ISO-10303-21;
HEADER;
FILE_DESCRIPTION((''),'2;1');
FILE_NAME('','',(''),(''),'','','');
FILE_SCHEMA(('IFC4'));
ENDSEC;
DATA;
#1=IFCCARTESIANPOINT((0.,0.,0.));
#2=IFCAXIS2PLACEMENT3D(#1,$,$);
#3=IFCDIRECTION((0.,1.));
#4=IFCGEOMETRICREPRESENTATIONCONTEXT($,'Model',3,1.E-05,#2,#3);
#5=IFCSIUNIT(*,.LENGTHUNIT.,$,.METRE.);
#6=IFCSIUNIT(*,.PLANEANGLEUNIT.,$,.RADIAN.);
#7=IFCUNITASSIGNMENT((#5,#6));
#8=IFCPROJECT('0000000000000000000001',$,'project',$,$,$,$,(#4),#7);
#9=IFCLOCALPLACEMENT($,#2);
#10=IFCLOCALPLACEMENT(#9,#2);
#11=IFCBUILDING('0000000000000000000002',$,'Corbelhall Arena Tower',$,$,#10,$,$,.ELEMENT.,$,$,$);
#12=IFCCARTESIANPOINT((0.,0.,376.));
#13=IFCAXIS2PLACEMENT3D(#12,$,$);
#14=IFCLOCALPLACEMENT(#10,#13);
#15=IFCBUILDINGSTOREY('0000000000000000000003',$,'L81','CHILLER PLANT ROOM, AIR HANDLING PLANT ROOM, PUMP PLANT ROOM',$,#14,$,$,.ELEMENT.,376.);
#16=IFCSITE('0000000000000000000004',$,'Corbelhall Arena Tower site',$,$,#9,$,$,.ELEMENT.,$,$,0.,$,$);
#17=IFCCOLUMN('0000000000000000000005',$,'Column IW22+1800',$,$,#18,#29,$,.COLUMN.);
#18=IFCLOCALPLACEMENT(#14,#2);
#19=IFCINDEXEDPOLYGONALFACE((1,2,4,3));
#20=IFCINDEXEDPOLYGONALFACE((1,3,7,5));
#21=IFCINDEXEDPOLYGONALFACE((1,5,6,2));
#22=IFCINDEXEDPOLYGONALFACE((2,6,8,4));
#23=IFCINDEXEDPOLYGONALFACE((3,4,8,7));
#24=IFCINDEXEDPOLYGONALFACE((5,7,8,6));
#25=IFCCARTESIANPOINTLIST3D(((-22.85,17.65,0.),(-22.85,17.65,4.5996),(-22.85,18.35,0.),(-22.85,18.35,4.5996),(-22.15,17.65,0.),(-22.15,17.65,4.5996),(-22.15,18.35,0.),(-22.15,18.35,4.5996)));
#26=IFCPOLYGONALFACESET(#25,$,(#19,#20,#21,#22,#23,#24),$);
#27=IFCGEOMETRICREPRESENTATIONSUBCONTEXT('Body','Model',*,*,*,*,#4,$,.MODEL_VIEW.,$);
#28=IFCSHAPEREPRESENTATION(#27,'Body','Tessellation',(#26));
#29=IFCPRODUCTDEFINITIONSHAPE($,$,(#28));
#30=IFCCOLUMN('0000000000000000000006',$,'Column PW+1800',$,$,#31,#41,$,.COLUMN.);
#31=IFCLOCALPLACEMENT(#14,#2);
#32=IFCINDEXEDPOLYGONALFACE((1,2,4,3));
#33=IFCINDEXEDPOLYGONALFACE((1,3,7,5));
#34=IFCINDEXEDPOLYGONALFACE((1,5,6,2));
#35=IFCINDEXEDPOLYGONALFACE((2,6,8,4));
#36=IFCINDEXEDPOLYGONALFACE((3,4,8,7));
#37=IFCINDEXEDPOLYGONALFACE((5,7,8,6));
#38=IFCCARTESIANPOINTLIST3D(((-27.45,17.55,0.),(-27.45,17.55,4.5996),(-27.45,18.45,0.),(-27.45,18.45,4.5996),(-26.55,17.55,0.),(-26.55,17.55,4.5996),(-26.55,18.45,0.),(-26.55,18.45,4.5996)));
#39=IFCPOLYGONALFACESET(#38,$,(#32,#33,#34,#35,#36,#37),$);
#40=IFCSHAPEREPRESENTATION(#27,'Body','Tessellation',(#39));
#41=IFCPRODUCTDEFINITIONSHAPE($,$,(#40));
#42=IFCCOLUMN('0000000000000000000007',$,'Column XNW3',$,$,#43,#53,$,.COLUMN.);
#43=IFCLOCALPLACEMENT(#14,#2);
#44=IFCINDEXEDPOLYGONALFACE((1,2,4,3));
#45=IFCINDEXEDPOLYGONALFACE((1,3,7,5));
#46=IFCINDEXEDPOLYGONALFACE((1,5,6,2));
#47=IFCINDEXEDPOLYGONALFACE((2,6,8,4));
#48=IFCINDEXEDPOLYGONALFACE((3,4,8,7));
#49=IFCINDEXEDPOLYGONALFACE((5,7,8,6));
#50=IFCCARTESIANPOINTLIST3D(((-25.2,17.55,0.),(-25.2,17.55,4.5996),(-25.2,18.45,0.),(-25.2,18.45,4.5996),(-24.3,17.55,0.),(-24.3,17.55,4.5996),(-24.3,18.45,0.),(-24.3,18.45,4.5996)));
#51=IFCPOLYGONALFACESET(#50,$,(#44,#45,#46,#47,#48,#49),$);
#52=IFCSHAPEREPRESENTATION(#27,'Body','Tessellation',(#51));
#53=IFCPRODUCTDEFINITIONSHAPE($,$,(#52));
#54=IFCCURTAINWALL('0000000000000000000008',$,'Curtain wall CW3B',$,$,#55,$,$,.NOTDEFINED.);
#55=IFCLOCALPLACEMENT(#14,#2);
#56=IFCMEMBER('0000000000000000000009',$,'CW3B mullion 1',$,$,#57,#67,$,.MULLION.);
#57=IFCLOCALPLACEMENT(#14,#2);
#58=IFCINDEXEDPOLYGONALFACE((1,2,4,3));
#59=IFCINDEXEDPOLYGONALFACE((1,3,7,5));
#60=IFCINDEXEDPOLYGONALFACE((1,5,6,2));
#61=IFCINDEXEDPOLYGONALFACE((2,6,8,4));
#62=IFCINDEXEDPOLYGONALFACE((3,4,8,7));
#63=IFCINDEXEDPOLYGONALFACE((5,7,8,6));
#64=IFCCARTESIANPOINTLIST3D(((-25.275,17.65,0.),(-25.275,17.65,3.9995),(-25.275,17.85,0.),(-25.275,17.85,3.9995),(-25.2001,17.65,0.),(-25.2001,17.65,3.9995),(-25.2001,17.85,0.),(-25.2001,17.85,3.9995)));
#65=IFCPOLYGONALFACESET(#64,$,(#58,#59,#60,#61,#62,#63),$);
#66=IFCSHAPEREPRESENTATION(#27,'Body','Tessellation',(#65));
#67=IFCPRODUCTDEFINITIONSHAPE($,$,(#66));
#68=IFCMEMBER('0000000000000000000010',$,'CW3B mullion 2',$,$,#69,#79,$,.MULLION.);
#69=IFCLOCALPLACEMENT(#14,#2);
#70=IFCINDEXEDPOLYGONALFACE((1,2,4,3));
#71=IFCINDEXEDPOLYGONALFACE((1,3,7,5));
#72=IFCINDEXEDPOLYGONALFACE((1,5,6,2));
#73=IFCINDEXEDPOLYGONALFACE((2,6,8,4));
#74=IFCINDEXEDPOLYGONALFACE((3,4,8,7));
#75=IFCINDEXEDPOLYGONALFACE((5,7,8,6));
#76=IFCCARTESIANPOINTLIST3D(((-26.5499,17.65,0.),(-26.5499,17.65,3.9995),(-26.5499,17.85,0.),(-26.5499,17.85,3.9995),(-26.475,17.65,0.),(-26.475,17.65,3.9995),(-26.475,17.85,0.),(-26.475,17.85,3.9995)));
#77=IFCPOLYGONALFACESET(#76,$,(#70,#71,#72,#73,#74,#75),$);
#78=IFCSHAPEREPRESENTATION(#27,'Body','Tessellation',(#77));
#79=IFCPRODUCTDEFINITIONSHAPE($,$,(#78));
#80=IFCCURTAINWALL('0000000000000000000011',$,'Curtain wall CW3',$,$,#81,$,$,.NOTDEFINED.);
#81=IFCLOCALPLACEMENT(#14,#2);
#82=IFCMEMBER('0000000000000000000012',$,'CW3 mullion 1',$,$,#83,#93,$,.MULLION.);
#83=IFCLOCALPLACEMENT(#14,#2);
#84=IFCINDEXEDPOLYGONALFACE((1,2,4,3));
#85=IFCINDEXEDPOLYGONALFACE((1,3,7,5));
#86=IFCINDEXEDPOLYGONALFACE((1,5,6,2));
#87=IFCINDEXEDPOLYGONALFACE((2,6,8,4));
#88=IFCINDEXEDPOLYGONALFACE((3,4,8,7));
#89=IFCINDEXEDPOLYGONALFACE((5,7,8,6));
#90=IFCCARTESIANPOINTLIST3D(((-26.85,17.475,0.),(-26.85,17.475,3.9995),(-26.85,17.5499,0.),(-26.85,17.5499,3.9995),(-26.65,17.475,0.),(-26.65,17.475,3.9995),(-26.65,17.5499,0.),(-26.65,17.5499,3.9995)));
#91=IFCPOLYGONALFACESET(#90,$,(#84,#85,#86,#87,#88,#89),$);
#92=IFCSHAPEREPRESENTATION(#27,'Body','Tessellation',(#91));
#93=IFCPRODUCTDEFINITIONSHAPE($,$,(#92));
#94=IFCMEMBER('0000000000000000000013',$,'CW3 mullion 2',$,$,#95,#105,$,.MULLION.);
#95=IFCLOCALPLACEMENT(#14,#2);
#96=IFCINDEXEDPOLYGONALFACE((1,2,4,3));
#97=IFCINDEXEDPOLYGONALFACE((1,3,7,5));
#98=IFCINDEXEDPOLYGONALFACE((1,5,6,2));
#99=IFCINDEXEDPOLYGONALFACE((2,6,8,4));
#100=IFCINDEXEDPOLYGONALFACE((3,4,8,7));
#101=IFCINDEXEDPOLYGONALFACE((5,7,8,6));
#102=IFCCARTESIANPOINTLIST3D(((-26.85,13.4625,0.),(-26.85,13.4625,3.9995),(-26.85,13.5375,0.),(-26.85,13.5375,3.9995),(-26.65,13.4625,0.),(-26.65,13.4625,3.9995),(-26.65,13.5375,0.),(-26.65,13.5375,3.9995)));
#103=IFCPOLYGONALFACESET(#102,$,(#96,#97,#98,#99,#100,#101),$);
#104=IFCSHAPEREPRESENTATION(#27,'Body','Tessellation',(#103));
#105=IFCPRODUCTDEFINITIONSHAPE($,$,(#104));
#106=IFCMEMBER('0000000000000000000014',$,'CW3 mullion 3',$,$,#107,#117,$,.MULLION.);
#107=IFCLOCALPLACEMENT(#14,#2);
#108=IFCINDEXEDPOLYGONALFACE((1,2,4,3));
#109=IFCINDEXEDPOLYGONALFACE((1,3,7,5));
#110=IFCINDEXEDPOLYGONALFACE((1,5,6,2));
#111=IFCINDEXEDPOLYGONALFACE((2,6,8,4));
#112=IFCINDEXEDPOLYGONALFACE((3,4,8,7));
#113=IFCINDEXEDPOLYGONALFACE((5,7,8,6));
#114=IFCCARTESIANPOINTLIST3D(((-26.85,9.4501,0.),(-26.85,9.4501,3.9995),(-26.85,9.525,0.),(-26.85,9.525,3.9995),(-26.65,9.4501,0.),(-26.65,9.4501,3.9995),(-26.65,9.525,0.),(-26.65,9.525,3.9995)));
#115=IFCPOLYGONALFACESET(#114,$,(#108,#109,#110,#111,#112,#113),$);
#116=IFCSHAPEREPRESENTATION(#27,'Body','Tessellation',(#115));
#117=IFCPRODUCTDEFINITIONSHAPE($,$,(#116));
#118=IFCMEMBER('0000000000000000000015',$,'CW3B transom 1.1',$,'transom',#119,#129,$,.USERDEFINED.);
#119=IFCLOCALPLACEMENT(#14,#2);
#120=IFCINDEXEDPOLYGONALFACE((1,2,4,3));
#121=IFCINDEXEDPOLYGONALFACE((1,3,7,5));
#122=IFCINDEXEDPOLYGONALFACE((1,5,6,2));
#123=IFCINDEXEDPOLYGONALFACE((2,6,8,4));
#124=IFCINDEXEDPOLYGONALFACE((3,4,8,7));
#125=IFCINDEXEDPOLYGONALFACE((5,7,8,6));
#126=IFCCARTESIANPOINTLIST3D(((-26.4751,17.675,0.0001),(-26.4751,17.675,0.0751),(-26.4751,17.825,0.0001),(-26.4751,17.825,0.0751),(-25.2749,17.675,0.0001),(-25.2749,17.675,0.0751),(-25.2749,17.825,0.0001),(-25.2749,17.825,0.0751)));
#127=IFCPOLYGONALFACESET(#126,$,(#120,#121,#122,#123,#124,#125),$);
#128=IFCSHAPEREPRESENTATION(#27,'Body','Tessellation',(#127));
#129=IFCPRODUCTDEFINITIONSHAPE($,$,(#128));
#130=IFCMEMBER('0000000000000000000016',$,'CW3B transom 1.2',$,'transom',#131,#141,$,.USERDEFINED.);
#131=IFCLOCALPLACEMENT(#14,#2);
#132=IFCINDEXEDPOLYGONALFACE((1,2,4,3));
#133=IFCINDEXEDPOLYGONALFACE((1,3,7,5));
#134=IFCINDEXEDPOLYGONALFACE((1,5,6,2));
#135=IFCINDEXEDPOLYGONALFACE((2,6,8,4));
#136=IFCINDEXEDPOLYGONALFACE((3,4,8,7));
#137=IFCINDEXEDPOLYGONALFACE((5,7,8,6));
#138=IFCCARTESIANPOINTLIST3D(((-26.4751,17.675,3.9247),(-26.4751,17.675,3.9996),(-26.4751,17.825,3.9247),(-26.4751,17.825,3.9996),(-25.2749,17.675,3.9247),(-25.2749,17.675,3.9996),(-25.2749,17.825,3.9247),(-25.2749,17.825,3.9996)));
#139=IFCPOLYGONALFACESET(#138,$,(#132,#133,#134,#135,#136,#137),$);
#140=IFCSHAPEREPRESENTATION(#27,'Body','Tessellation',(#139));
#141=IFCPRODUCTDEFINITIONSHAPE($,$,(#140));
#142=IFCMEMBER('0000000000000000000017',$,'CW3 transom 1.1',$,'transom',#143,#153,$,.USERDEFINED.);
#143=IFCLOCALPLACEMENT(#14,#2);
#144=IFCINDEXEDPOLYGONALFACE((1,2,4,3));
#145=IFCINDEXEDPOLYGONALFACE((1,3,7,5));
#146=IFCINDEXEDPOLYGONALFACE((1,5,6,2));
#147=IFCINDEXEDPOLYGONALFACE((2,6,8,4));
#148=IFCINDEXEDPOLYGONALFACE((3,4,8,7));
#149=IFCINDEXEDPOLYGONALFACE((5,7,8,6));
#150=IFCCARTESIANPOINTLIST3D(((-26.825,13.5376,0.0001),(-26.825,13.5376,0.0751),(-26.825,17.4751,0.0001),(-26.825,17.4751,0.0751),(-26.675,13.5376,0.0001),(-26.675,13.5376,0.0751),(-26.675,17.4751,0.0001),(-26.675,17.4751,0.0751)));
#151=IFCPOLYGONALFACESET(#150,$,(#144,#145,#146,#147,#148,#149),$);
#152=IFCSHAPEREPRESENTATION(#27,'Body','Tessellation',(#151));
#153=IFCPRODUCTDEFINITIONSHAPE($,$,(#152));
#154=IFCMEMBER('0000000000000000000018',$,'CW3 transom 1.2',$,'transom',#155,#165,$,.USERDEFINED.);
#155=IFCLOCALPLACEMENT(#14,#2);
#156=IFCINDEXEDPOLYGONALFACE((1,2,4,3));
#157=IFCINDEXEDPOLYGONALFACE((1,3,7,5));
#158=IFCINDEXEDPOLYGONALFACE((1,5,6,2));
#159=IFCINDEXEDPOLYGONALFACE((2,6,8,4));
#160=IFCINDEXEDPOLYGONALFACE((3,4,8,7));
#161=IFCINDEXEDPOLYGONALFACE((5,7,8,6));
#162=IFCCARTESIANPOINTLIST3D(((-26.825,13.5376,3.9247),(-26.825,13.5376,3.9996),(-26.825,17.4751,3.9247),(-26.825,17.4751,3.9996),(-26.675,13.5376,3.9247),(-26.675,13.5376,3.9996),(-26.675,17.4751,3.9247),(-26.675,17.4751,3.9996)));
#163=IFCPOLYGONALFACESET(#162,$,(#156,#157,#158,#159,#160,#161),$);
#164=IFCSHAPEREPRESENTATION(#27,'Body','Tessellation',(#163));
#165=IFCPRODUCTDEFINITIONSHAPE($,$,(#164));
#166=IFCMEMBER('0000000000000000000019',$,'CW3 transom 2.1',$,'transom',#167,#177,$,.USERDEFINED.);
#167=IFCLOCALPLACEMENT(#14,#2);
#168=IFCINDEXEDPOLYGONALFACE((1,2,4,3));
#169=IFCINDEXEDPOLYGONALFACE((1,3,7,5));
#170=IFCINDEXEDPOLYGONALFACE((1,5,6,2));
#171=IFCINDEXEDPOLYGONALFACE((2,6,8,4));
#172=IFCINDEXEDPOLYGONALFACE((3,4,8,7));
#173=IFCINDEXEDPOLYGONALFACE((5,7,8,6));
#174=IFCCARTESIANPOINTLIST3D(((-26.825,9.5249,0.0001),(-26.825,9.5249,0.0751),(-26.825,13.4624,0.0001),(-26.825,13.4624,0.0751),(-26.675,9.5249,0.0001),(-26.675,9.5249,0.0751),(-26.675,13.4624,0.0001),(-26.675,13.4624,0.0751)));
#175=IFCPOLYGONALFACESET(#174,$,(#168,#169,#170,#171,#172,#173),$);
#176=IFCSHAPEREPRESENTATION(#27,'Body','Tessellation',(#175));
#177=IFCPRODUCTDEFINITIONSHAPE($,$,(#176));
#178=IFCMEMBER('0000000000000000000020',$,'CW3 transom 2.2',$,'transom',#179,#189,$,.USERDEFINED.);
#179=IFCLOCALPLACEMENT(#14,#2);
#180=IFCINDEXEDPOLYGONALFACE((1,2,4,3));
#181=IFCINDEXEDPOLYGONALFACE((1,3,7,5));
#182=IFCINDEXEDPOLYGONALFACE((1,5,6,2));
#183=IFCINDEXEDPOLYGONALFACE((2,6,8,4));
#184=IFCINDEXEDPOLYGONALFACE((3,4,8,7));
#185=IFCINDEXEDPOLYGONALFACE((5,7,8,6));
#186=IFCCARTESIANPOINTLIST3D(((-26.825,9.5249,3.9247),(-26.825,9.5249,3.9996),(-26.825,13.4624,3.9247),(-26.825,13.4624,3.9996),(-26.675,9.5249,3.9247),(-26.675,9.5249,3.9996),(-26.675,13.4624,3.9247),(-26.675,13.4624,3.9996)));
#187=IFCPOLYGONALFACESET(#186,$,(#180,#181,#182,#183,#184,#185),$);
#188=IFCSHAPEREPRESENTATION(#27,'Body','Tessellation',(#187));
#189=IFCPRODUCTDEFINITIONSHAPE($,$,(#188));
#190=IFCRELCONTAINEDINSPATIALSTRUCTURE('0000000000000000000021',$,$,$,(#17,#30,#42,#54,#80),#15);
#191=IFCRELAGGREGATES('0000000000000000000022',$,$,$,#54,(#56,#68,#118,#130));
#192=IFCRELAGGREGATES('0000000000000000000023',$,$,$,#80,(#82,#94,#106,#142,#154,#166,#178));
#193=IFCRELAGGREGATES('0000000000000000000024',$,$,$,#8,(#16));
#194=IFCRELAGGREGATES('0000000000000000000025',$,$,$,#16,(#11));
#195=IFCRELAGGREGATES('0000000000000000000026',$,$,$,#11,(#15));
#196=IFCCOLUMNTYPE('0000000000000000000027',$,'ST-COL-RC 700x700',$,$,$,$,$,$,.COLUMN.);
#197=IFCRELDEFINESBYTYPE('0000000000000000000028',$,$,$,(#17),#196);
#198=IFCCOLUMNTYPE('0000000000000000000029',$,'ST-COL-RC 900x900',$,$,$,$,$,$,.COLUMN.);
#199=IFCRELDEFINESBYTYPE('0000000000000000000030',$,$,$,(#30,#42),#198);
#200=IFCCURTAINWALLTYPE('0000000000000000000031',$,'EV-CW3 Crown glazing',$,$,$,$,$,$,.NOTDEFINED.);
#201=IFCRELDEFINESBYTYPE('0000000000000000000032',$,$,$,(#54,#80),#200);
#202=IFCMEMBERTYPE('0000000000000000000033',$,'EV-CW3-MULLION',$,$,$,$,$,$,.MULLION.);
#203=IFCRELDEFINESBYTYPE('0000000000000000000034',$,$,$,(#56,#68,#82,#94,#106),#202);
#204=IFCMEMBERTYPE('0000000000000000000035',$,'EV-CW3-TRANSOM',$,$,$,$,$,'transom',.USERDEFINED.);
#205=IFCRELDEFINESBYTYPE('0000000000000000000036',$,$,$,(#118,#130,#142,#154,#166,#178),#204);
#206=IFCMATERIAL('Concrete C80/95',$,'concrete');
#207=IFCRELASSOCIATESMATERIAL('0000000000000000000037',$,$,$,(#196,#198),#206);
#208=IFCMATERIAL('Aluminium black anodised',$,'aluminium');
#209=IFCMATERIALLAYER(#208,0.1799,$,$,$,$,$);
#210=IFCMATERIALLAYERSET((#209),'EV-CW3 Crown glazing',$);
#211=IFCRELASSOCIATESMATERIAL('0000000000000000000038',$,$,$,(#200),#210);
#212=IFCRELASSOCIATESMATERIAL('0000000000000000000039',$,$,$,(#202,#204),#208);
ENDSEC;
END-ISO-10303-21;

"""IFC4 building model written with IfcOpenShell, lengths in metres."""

from ifc_helpers import new_model, si_unit, direction, frame, origin, origin_2d, place, context, subcontext, project, spatial, rectangle, extrude, material, layer, layer_set, material_profile, profile_set, type_object, element, aggregate, save


model = new_model("IFC4")

# Units and contexts
model_context = context("Model", 3, precision=1e-05, world=origin(), true_north=direction((0.0, 1.0)))
body_context = subcontext(model_context, "Body", "Model", "MODEL_VIEW")
ifc_project = project(units=[si_unit("LENGTHUNIT", "METRE"), si_unit("PLANEANGLEUNIT", "RADIAN")], contexts=[model_context])

# Site, building, storey
site_placement = place(None, origin())
site = spatial("IfcSite", under=ifc_project, at=site_placement, Name="Corbelhall Arena Tower site", CompositionType="ELEMENT", RefElevation=0.0)
building_placement = place(site_placement, origin())
building = spatial("IfcBuilding", under=site, at=building_placement, Name="Corbelhall Arena Tower", CompositionType="ELEMENT")
storey_placement = place(building_placement, frame((0.0, 0.0, 376.0)))
storey = spatial("IfcBuildingStorey", under=building, at=storey_placement, Name="L81", Description="CHILLER PLANT ROOM, AIR HANDLING PLANT ROOM, PUMP PLANT ROOM", CompositionType="ELEMENT", Elevation=376.0)

# Columns
ifc_material_1 = material(Name="Concrete C80/95", Category="concrete")
ifc_material_profile_1 = material_profile(ifc_material_1, rectangle(XDim=0.7, YDim=0.7, at=origin_2d()))
ifc_profile_set_1 = profile_set([ifc_material_profile_1], Name="Concrete C80/95")
column_type_1 = type_object("IfcColumnType", Name="ST-COL-RC 700x700", PredefinedType="COLUMN", material=ifc_profile_set_1)
column_placement = place(storey_placement, frame((-22.5, 18.0, 0.0), z_axis=(0.0, 0.0, 1.0), x_axis=(1.0, 0.0, 0.0)))
element("IfcColumn", 1, at=column_placement, inside=storey, type_object=column_type_1, Name="Column IW22+1800", PredefinedType="COLUMN", context=body_context, shape_type="SweptSolid", body=[
    extrude(rectangle(XDim=0.7, YDim=0.7, at=origin_2d()), origin(), (0.0, 0.0, 1.0), 4.5996),
])
ifc_material_profile_2 = material_profile(ifc_material_1, rectangle(XDim=0.8999, YDim=0.8999, at=origin_2d()))
ifc_profile_set_2 = profile_set([ifc_material_profile_2], Name="Concrete C80/95")
column_type_2 = type_object("IfcColumnType", Name="ST-COL-RC 900x900", PredefinedType="COLUMN", material=ifc_profile_set_2)
for number, where, z_axis, x_axis, name in (
    (2, (-27.0, 18.0, 0.0), (0.0, 0.0, 1.0), (0.0, 1.0, 0.0), "Column PW+1800"),
    (3, (-24.75, 18.0, 0.0), (0.0, 0.0, 1.0), (1.0, 0.0, 0.0), "Column XNW3"),
):
    element("IfcColumn", number, at=place(storey_placement, frame(where, z_axis=z_axis, x_axis=x_axis)), inside=storey, type_object=column_type_2, Name=name, PredefinedType="COLUMN", context=body_context, shape_type="SweptSolid", body=[
        extrude(rectangle(XDim=0.8999, YDim=0.8999, at=origin_2d()), origin(), (0.0, 0.0, 1.0), 4.5996),
    ])

# Curtain walls, members
ifc_material_2 = material(Name="Aluminium black anodised", Category="aluminium")
ifc_layer_1 = layer(ifc_material_2, 0.1799)
ifc_layer_set_1 = layer_set([ifc_layer_1], Name="EV-CW3 Crown glazing")
curtain_wall_type = type_object("IfcCurtainWallType", Name="EV-CW3 Crown glazing", PredefinedType="NOTDEFINED", material=ifc_layer_set_1)
curtain_wall_1_placement = place(storey_placement, origin())
curtain_wall_1 = element("IfcCurtainWall", 4, at=curtain_wall_1_placement, inside=storey, type_object=curtain_wall_type, Name="Curtain wall CW3B", PredefinedType="NOTDEFINED")
ifc_material_profile_3 = material_profile(ifc_material_2, rectangle(XDim=0.2, YDim=0.075, at=origin_2d()))
ifc_profile_set_3 = profile_set([ifc_material_profile_3], Name="Aluminium black anodised")
member_type_1 = type_object("IfcMemberType", Name="EV-CW3-MULLION", PredefinedType="MULLION", material=ifc_profile_set_3)
member_1_placement = place(storey_placement, frame((-25.2375, 17.75, 0.0), z_axis=(0.0, 0.0, 1.0), x_axis=(0.0, -1.0, 0.0)))
member_1 = element("IfcMember", 5, at=member_1_placement, type_object=member_type_1, Name="CW3B mullion 1", PredefinedType="MULLION", context=body_context, shape_type="SweptSolid", body=[
    extrude(rectangle(XDim=0.2, YDim=0.075, at=origin_2d()), origin(), (0.0, 0.0, 1.0), 3.9995),
])
member_2_placement = place(storey_placement, frame((-26.5125, 17.75, 0.0), z_axis=(0.0, 0.0, 1.0), x_axis=(0.0, -1.0, 0.0)))
member_2 = element("IfcMember", 6, at=member_2_placement, type_object=member_type_1, Name="CW3B mullion 2", PredefinedType="MULLION", context=body_context, shape_type="SweptSolid", body=[
    extrude(rectangle(XDim=0.2, YDim=0.075, at=origin_2d()), origin(), (0.0, 0.0, 1.0), 3.9995),
])
curtain_wall_2_placement = place(storey_placement, origin())
curtain_wall_2 = element("IfcCurtainWall", 7, at=curtain_wall_2_placement, inside=storey, type_object=curtain_wall_type, Name="Curtain wall CW3", PredefinedType="NOTDEFINED")
member_3_placement = place(storey_placement, frame((-26.75, 17.5125, 0.0), z_axis=(0.0, 0.0, 1.0), x_axis=(1.0, 0.0, 0.0)))
member_3 = element("IfcMember", 8, at=member_3_placement, type_object=member_type_1, Name="CW3 mullion 1", PredefinedType="MULLION", context=body_context, shape_type="SweptSolid", body=[
    extrude(rectangle(XDim=0.2, YDim=0.075, at=origin_2d()), origin(), (0.0, 0.0, 1.0), 3.9995),
])
member_4_placement = place(storey_placement, frame((-26.75, 13.5, 0.0), z_axis=(0.0, 0.0, 1.0), x_axis=(1.0, 0.0, 0.0)))
member_4 = element("IfcMember", 9, at=member_4_placement, type_object=member_type_1, Name="CW3 mullion 2", PredefinedType="MULLION", context=body_context, shape_type="SweptSolid", body=[
    extrude(rectangle(XDim=0.2, YDim=0.075, at=origin_2d()), origin(), (0.0, 0.0, 1.0), 3.9995),
])
member_5_placement = place(storey_placement, frame((-26.75, 9.4875, 0.0), z_axis=(0.0, 0.0, 1.0), x_axis=(1.0, 0.0, 0.0)))
member_5 = element("IfcMember", 10, at=member_5_placement, type_object=member_type_1, Name="CW3 mullion 3", PredefinedType="MULLION", context=body_context, shape_type="SweptSolid", body=[
    extrude(rectangle(XDim=0.2, YDim=0.075, at=origin_2d()), origin(), (0.0, 0.0, 1.0), 3.9995),
])

# Members
ifc_material_profile_4 = material_profile(ifc_material_2, rectangle(XDim=0.1499, YDim=0.075, at=origin_2d()))
ifc_profile_set_4 = profile_set([ifc_material_profile_4], Name="Aluminium black anodised")
member_type_2 = type_object("IfcMemberType", Name="EV-CW3-TRANSOM", ElementType="transom", PredefinedType="USERDEFINED", material=ifc_profile_set_4)
member_6_placement = place(storey_placement, frame((-25.2749, 17.75, 0.0376), z_axis=(-1.0, 0.0, 0.0), x_axis=(0.0, -1.0, 0.0)))
member_6 = element("IfcMember", 11, at=member_6_placement, type_object=member_type_2, Name="CW3B transom 1.1", ObjectType="transom", PredefinedType="USERDEFINED", context=body_context, shape_type="SweptSolid", body=[
    extrude(rectangle(XDim=0.1499, YDim=0.075, at=origin_2d()), origin(), (0.0, 0.0, 1.0), 1.2002),
])
member_7_placement = place(storey_placement, frame((-25.2749, 17.75, 3.9622), z_axis=(-1.0, 0.0, 0.0), x_axis=(0.0, -1.0, 0.0)))
member_7 = element("IfcMember", 12, at=member_7_placement, type_object=member_type_2, Name="CW3B transom 1.2", ObjectType="transom", PredefinedType="USERDEFINED", context=body_context, shape_type="SweptSolid", body=[
    extrude(rectangle(XDim=0.1499, YDim=0.075, at=origin_2d()), origin(), (0.0, 0.0, 1.0), 1.2002),
])
member_8_placement = place(storey_placement, frame((-26.75, 17.4751, 0.0376), z_axis=(0.0, -1.0, 0.0), x_axis=(1.0, 0.0, 0.0)))
member_8 = element("IfcMember", 13, at=member_8_placement, type_object=member_type_2, Name="CW3 transom 1.1", ObjectType="transom", PredefinedType="USERDEFINED", context=body_context, shape_type="SweptSolid", body=[
    extrude(rectangle(XDim=0.1499, YDim=0.075, at=origin_2d()), origin(), (0.0, 0.0, 1.0), 3.9375),
])
member_9_placement = place(storey_placement, frame((-26.75, 17.4751, 3.9622), z_axis=(0.0, -1.0, 0.0), x_axis=(1.0, 0.0, 0.0)))
member_9 = element("IfcMember", 14, at=member_9_placement, type_object=member_type_2, Name="CW3 transom 1.2", ObjectType="transom", PredefinedType="USERDEFINED", context=body_context, shape_type="SweptSolid", body=[
    extrude(rectangle(XDim=0.1499, YDim=0.075, at=origin_2d()), origin(), (0.0, 0.0, 1.0), 3.9375),
])
member_10_placement = place(storey_placement, frame((-26.75, 13.4624, 0.0376), z_axis=(0.0, -1.0, 0.0), x_axis=(1.0, 0.0, 0.0)))
member_10 = element("IfcMember", 15, at=member_10_placement, type_object=member_type_2, Name="CW3 transom 2.1", ObjectType="transom", PredefinedType="USERDEFINED", context=body_context, shape_type="SweptSolid", body=[
    extrude(rectangle(XDim=0.1499, YDim=0.075, at=origin_2d()), origin(), (0.0, 0.0, 1.0), 3.9375),
])
member_11_placement = place(storey_placement, frame((-26.75, 13.4624, 3.9622), z_axis=(0.0, -1.0, 0.0), x_axis=(1.0, 0.0, 0.0)))
member_11 = element("IfcMember", 16, at=member_11_placement, type_object=member_type_2, Name="CW3 transom 2.2", ObjectType="transom", PredefinedType="USERDEFINED", context=body_context, shape_type="SweptSolid", body=[
    extrude(rectangle(XDim=0.1499, YDim=0.075, at=origin_2d()), origin(), (0.0, 0.0, 1.0), 3.9375),
])

aggregate(curtain_wall_1, [member_1, member_2, member_6, member_7])
aggregate(curtain_wall_2, [member_3, member_4, member_5, member_8, member_9, member_10, member_11])

save(model, "model.ifc")
